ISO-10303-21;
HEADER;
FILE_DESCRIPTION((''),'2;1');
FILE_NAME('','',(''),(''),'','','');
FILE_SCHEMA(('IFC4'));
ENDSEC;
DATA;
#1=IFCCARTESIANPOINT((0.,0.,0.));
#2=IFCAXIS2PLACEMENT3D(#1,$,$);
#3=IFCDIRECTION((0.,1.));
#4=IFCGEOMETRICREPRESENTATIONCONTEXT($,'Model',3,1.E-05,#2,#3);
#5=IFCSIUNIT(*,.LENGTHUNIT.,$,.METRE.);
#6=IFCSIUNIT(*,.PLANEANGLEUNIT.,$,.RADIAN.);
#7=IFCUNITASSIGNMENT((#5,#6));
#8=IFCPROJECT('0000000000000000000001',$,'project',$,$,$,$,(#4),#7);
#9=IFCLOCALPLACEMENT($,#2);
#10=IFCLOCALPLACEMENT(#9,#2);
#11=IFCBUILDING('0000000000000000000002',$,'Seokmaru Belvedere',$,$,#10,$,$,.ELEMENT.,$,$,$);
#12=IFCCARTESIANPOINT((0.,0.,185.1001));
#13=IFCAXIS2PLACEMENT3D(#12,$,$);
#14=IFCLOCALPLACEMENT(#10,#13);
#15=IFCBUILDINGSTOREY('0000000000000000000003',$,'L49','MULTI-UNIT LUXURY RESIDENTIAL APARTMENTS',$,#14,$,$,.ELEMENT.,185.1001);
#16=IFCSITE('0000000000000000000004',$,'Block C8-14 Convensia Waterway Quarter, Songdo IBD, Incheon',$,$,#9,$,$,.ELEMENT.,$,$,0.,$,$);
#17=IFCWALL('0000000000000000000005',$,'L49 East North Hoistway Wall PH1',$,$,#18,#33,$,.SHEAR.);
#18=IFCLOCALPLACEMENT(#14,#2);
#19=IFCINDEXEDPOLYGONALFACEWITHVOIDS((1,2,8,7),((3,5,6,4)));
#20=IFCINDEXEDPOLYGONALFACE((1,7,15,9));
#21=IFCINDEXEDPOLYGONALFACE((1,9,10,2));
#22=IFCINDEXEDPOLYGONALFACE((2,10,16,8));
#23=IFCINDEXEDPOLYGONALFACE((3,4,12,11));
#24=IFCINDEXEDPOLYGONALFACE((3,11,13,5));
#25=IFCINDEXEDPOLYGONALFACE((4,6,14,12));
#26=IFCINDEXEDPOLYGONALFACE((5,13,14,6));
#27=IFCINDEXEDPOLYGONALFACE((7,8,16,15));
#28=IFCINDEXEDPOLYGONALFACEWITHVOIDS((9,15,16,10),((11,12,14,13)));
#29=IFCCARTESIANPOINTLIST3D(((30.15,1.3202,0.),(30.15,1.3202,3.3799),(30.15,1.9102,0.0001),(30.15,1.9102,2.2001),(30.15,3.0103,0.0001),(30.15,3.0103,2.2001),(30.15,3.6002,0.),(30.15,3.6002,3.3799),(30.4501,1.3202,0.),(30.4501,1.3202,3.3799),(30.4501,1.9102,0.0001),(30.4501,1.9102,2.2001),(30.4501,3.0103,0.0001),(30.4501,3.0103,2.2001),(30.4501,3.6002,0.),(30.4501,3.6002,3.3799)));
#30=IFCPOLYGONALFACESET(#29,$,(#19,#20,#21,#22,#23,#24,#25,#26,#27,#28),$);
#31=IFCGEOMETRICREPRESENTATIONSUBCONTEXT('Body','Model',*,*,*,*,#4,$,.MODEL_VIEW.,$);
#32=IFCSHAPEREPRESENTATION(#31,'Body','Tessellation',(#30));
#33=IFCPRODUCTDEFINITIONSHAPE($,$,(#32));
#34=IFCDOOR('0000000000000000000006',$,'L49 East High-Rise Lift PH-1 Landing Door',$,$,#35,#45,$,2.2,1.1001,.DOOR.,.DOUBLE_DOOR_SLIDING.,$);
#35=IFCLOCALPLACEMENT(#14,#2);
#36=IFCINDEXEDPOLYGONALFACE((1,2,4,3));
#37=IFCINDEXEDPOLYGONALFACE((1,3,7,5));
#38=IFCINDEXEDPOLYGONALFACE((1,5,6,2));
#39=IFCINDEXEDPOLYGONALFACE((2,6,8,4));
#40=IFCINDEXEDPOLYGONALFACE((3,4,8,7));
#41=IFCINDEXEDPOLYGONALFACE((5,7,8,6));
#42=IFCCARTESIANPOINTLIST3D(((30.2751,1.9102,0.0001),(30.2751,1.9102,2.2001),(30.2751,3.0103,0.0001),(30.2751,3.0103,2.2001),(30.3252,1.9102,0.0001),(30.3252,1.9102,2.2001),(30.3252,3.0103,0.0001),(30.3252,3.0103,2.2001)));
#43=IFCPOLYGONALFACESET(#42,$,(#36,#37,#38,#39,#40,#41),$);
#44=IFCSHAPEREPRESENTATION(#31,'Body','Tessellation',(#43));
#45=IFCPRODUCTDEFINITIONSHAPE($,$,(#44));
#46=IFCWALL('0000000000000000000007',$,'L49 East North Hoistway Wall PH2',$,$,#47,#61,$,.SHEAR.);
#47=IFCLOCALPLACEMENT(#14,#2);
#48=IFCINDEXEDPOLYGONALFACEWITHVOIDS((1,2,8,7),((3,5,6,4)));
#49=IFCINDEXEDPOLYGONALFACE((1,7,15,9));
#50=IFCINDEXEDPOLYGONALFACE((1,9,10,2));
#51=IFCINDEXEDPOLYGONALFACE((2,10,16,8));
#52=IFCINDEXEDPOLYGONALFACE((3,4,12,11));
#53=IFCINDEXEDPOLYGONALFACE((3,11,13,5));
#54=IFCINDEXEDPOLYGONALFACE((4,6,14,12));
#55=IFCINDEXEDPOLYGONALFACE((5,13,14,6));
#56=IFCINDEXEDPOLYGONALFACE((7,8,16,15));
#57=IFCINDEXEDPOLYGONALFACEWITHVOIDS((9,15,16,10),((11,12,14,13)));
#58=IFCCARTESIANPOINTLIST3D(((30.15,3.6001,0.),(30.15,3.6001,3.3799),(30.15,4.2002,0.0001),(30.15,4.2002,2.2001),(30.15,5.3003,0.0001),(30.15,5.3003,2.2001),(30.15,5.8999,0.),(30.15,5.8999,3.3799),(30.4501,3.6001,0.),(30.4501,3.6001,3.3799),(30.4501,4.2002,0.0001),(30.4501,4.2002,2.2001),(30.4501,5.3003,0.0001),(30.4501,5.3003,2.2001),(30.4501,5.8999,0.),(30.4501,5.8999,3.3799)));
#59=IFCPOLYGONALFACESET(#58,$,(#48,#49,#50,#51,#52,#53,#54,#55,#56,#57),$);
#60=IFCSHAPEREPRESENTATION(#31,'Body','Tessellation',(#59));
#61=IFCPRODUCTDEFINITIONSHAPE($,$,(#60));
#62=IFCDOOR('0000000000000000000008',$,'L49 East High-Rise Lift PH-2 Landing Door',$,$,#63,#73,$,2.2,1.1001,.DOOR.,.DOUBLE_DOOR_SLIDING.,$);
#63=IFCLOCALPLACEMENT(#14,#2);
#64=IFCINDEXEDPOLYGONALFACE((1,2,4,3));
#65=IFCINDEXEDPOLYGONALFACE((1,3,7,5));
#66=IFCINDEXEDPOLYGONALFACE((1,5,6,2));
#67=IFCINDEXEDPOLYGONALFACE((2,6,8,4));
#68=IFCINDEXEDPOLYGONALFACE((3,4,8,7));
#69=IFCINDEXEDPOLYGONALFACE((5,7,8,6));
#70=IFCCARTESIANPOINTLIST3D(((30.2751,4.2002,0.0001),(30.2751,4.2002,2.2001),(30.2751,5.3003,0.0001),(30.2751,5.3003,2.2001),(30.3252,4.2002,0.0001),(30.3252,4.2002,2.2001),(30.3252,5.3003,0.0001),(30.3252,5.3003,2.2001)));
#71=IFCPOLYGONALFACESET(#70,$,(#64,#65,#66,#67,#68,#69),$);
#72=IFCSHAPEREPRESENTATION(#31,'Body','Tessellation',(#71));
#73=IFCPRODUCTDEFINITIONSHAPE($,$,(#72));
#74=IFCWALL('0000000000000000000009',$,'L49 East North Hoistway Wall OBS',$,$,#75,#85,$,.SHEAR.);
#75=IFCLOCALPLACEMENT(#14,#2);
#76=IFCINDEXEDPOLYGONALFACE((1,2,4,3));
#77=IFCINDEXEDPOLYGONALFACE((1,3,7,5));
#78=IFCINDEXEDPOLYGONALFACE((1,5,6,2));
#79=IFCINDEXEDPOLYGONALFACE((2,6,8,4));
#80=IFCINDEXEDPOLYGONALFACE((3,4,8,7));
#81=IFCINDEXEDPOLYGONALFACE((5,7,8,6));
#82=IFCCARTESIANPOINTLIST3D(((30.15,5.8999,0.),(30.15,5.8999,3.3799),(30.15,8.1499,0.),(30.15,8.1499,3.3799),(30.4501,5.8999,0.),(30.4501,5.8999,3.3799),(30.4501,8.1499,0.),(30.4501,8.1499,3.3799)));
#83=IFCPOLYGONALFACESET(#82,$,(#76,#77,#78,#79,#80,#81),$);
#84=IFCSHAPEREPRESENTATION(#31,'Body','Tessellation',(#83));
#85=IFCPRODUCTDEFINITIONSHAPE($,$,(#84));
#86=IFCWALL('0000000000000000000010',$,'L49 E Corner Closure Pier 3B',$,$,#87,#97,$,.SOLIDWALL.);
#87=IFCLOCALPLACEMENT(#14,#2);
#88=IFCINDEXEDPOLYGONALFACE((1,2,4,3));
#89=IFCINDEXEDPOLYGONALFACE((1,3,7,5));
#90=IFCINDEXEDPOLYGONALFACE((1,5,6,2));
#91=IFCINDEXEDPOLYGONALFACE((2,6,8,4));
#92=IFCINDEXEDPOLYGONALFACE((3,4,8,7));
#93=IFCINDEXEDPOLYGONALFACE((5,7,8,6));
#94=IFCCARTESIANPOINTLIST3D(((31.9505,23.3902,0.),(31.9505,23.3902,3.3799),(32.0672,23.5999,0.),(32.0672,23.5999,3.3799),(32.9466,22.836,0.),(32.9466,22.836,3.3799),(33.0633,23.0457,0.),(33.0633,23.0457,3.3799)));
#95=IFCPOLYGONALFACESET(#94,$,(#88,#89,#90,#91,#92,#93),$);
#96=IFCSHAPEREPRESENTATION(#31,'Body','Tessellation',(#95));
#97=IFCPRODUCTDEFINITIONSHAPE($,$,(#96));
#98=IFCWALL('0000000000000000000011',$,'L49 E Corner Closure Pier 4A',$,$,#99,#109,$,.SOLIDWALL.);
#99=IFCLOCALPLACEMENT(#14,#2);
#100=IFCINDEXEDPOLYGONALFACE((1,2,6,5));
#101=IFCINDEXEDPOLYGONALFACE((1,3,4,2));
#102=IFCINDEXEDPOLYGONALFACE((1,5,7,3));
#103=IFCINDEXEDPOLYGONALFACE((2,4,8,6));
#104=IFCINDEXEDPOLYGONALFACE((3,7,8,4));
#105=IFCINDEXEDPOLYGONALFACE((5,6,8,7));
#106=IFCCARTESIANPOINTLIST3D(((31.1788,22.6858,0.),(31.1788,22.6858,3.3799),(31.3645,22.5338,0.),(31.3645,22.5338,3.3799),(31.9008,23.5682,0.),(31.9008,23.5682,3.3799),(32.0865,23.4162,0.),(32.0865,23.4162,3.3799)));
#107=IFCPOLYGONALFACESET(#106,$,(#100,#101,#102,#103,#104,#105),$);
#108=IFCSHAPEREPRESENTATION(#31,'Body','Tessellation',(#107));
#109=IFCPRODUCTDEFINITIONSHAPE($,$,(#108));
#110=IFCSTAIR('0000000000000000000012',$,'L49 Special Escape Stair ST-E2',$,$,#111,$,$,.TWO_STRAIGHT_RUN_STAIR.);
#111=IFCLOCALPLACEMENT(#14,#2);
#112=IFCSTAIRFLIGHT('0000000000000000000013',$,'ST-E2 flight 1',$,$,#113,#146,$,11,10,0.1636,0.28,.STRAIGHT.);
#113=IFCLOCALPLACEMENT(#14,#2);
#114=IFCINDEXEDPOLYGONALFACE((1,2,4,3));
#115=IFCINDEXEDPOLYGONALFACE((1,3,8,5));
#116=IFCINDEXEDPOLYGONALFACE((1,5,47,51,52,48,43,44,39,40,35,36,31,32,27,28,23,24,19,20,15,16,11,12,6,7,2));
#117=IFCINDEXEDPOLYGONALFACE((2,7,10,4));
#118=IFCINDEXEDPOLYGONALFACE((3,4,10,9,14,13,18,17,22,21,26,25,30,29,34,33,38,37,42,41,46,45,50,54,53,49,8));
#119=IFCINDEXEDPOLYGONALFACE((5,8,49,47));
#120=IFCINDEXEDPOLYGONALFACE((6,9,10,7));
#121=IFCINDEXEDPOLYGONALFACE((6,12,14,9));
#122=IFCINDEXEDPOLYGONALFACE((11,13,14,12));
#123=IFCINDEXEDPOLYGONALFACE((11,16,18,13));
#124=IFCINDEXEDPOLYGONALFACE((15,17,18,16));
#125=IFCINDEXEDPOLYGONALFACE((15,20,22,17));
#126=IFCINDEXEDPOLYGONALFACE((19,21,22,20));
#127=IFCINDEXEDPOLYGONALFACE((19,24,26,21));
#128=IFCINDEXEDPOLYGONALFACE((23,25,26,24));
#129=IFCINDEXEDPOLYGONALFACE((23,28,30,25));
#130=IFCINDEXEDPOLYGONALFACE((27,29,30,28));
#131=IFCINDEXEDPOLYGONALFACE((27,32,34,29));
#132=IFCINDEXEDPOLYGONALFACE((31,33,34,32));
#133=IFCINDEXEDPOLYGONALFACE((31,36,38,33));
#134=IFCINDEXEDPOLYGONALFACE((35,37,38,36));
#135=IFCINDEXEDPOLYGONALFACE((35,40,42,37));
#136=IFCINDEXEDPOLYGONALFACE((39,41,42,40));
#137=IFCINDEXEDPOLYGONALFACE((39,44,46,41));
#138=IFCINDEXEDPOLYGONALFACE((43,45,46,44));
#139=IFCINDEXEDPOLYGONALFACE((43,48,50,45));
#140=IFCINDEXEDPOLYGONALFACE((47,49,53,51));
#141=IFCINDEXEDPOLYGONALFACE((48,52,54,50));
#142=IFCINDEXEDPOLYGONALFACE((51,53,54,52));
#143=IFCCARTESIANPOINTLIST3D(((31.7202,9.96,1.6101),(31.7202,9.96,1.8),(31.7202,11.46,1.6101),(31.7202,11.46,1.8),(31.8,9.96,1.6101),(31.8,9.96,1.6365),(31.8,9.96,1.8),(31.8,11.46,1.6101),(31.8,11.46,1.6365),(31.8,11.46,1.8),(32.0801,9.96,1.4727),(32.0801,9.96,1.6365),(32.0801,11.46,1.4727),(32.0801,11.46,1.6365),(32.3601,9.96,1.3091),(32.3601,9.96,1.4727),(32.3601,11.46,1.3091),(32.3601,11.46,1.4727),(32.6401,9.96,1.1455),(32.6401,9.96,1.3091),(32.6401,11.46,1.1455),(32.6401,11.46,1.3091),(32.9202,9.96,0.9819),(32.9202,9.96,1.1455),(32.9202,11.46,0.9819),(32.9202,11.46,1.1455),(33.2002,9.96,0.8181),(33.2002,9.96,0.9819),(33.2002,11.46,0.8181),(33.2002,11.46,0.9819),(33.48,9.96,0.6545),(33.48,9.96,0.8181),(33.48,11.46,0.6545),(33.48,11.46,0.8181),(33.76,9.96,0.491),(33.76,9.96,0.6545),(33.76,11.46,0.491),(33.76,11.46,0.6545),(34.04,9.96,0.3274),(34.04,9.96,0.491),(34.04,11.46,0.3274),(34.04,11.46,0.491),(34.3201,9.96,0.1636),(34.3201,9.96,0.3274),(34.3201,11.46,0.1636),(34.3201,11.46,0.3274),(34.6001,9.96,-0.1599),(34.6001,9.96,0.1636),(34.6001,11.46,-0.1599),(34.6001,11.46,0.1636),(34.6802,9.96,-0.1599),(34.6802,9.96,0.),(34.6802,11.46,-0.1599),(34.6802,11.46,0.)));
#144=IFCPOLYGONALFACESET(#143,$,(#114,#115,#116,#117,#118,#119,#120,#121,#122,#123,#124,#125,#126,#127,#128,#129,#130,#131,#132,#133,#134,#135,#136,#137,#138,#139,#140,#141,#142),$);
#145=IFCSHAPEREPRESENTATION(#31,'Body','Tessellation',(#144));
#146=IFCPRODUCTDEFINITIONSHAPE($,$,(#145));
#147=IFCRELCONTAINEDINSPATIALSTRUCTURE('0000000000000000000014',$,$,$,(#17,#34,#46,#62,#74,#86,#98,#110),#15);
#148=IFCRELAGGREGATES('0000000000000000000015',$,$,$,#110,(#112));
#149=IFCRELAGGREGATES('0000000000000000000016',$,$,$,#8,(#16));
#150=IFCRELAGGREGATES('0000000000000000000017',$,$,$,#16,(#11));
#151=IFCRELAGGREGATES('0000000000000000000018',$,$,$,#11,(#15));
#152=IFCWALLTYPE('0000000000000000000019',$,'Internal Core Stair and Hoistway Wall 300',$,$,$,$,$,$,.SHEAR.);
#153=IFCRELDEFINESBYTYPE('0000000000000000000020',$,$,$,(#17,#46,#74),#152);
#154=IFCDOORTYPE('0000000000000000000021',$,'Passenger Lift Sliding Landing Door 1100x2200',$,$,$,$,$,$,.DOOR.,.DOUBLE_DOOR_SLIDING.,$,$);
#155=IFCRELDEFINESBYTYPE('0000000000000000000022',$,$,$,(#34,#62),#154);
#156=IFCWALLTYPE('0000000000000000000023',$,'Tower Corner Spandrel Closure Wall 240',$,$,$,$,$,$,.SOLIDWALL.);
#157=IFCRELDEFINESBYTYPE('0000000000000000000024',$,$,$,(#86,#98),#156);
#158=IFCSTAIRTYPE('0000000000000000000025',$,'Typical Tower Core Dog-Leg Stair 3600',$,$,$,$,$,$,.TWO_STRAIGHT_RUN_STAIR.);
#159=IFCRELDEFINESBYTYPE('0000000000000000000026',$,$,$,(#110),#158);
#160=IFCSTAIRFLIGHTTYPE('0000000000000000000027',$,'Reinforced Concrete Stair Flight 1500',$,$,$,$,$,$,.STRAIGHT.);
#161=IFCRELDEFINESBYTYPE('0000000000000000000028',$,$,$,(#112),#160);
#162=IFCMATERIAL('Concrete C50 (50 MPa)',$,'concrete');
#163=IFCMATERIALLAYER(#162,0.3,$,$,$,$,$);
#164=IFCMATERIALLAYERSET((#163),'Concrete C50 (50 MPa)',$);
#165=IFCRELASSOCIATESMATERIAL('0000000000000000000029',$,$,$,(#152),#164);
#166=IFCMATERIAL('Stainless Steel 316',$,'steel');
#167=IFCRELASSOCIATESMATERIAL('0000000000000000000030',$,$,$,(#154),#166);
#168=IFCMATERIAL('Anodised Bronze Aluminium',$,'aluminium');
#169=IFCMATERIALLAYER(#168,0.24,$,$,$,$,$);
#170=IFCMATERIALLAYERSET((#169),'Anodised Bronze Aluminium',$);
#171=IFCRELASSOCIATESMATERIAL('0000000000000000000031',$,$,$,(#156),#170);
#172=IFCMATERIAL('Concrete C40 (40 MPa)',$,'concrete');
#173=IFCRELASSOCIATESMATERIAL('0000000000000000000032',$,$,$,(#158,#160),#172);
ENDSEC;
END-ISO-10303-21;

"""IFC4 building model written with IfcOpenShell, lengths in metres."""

from ifc_helpers import new_model, si_unit, direction, frame, frame_2d, origin, place, context, subcontext, project, spatial, polyline, rectangle, outline, extrude, source, transform, mapped, material, layer, layer_set, type_object, type_shapes, element, fill, aggregate, save


model = new_model("IFC4")

# Units and contexts
model_context = context("Model", 3, precision=1e-05, world=origin(), true_north=direction((0.0, 1.0)))
body_context = subcontext(model_context, "Body", "Model", "MODEL_VIEW")
ifc_project = project(units=[si_unit("LENGTHUNIT", "METRE"), si_unit("PLANEANGLEUNIT", "RADIAN")], contexts=[model_context])

# Site, building, storey
site_placement = place(None, origin())
site = spatial("IfcSite", under=ifc_project, at=site_placement, Name="Block C8-14 Convensia Waterway Quarter, Songdo IBD, Incheon", CompositionType="ELEMENT", RefElevation=0.0)
building_placement = place(site_placement, origin())
building = spatial("IfcBuilding", under=site, at=building_placement, Name="Seokmaru Belvedere", CompositionType="ELEMENT")
storey_placement = place(building_placement, frame((0.0, 0.0, 185.1001)))
storey = spatial("IfcBuildingStorey", under=building, at=storey_placement, Name="L49", Description="MULTI-UNIT LUXURY RESIDENTIAL APARTMENTS", CompositionType="ELEMENT", Elevation=185.1001)

# Shared definitions
ifc_material_1 = material(Name="Anodised Bronze Aluminium", Category="aluminium")

# Walls, openings, doors
ifc_material_2 = material(Name="Concrete C50 (50 MPa)", Category="concrete")
ifc_layer_1 = layer(ifc_material_2, 0.3)
ifc_layer_set_1 = layer_set([ifc_layer_1], Name="Concrete C50 (50 MPa)")
wall_type_1 = type_object("IfcWallType", Name="Internal Core Stair and Hoistway Wall 300", PredefinedType="SHEAR", material=ifc_layer_set_1)
wall_1_placement = place(storey_placement, frame((30.3, 1.3201, 0.0), z_axis=(0.0, 0.0, 1.0), x_axis=(0.0, 1.0, 0.0)))
wall_1 = element("IfcWall", 1, at=wall_1_placement, inside=storey, type_object=wall_type_1, Name="L49 East North Hoistway Wall PH1", PredefinedType="SHEAR", context=body_context, shape_type="SweptSolid", body=[
    extrude(rectangle(XDim=2.28, YDim=0.3, at=frame_2d((1.1401, 0.0))), origin(), (0.0, 0.0, 1.0), 3.3799),
])
opening_1_placement = place(wall_1_placement, frame((0.5901, 0.0, 0.0)))
opening_1 = element("IfcOpeningElement", 2, at=opening_1_placement, cuts=wall_1, PredefinedType="OPENING", context=body_context, shape_type="SweptSolid", body=[
    extrude(rectangle(XDim=1.1001, YDim=2.2, at=frame_2d((0.55, 1.1001))), frame((0.0, 0.1602, 0.0), z_axis=(0.0, -1.0, 0.0), x_axis=(1.0, 0.0, 0.0)), (0.0, 0.0, 1.0), 0.3201),
])
ifc_material_3 = material(Name="Stainless Steel 316", Category="steel")
door_type_1 = type_object("IfcDoorType", Name="Passenger Lift Sliding Landing Door 1100x2200", OperationType="DOUBLE_DOOR_SLIDING", PredefinedType="DOOR", material=ifc_material_3)
shared_shape_1 = source(origin(), body_context, "Body", "SweptSolid", [
    extrude(rectangle(XDim=1.1001, YDim=2.2, at=frame_2d((0.55, 1.1001))), frame((0.0, 0.0249, 0.0), z_axis=(0.0, -1.0, 0.0), x_axis=(1.0, 0.0, 0.0)), (0.0, 0.0, 1.0), 0.05),
])
type_shapes(door_type_1, [shared_shape_1])
door_1_placement = place(opening_1_placement, origin())
door_1 = element("IfcDoor", 3, at=door_1_placement, inside=storey, type_object=door_type_1, Name="L49 East High-Rise Lift PH-1 Landing Door", OperationType="DOUBLE_DOOR_SLIDING", OverallHeight=2.2, OverallWidth=1.1001, PredefinedType="DOOR", context=body_context, shape_type="MappedRepresentation", body=[
    mapped(shared_shape_1, transform((0.0, 0.0, 0.0), scale=1.0)),
])
fill(opening_1, door_1)
wall_2_placement = place(storey_placement, frame((30.3, 3.6001, 0.0), z_axis=(0.0, 0.0, 1.0), x_axis=(0.0, 1.0, 0.0)))
wall_2 = element("IfcWall", 4, at=wall_2_placement, inside=storey, type_object=wall_type_1, Name="L49 East North Hoistway Wall PH2", PredefinedType="SHEAR", context=body_context, shape_type="SweptSolid", body=[
    extrude(rectangle(XDim=2.2998, YDim=0.3, at=frame_2d((1.1499, 0.0))), origin(), (0.0, 0.0, 1.0), 3.3799),
])
opening_2_placement = place(wall_2_placement, frame((0.6001, 0.0, 0.0)))
opening_2 = element("IfcOpeningElement", 5, at=opening_2_placement, cuts=wall_2, PredefinedType="OPENING", context=body_context, shape_type="SweptSolid", body=[
    extrude(rectangle(XDim=1.1001, YDim=2.2, at=frame_2d((0.55, 1.1001))), frame((0.0, 0.1602, 0.0), z_axis=(0.0, -1.0, 0.0), x_axis=(1.0, 0.0, 0.0)), (0.0, 0.0, 1.0), 0.3201),
])
door_2_placement = place(opening_2_placement, origin())
door_2 = element("IfcDoor", 6, at=door_2_placement, inside=storey, type_object=door_type_1, Name="L49 East High-Rise Lift PH-2 Landing Door", OperationType="DOUBLE_DOOR_SLIDING", OverallHeight=2.2, OverallWidth=1.1001, PredefinedType="DOOR", context=body_context, shape_type="MappedRepresentation", body=[
    mapped(shared_shape_1, transform((0.0, 0.0, 0.0), scale=1.0)),
])
fill(opening_2, door_2)

# Wall
wall_3_placement = place(storey_placement, frame((30.3, 5.8999, 0.0), z_axis=(0.0, 0.0, 1.0), x_axis=(0.0, 1.0, 0.0)))
element("IfcWall", 7, at=wall_3_placement, inside=storey, type_object=wall_type_1, Name="L49 East North Hoistway Wall OBS", PredefinedType="SHEAR", context=body_context, shape_type="SweptSolid", body=[
    extrude(rectangle(XDim=2.25, YDim=0.3, at=frame_2d((1.125, 0.0))), origin(), (0.0, 0.0, 1.0), 3.3799),
])

# Walls
ifc_layer_2 = layer(ifc_material_1, 0.24)
ifc_layer_set_2 = layer_set([ifc_layer_2], Name="Anodised Bronze Aluminium")
wall_type_2 = type_object("IfcWallType", Name="Tower Corner Spandrel Closure Wall 240", PredefinedType="SOLIDWALL", material=ifc_layer_set_2)
wall_4_placement = place(storey_placement, frame((33.0049, 22.9409, 0.0), z_axis=(0.0, 0.0, 1.0), x_axis=(-0.873854, 0.486188, 0.0)))
element("IfcWall", 8, at=wall_4_placement, inside=storey, type_object=wall_type_2, Name="L49 E Corner Closure Pier 3B", PredefinedType="SOLIDWALL", context=body_context, shape_type="SweptSolid", body=[
    extrude(rectangle(XDim=1.1399, YDim=0.24, at=frame_2d((0.5698, 0.0))), origin(), (0.0, 0.0, 1.0), 3.3799),
])
wall_5_placement = place(storey_placement, frame((31.9937, 23.4922, 0.0), z_axis=(0.0, 0.0, 1.0), x_axis=(-0.633249, -0.773948, 0.0)))
element("IfcWall", 9, at=wall_5_placement, inside=storey, type_object=wall_type_2, Name="L49 E Corner Closure Pier 4A", PredefinedType="SOLIDWALL", context=body_context, shape_type="SweptSolid", body=[
    extrude(rectangle(XDim=1.1401, YDim=0.24, at=frame_2d((0.5701, 0.0))), origin(), (0.0, 0.0, 1.0), 3.3799),
])

# Stair, stair flight
ifc_material_4 = material(Name="Concrete C40 (40 MPa)", Category="concrete")
stair_type = type_object("IfcStairType", Name="Typical Tower Core Dog-Leg Stair 3600", PredefinedType="TWO_STRAIGHT_RUN_STAIR", material=ifc_material_4)
stair_placement = place(storey_placement, origin())
stair = element("IfcStair", 10, at=stair_placement, inside=storey, type_object=stair_type, Name="L49 Special Escape Stair ST-E2", PredefinedType="TWO_STRAIGHT_RUN_STAIR")
stair_flight_type = type_object("IfcStairFlightType", Name="Reinforced Concrete Stair Flight 1500", PredefinedType="STRAIGHT", material=ifc_material_4)
stair_flight_1_placement = place(storey_placement, frame((34.6001, 10.71, 0.0), z_axis=(0.0, 0.0, 1.0), x_axis=(-1.0, 0.0, 0.0)))
stair_flight_1 = element("IfcStairFlight", 11, at=stair_flight_1_placement, type_object=stair_flight_type, Name="ST-E2 flight 1", NumberOfRisers=11, NumberOfTreads=10, PredefinedType="STRAIGHT", RiserHeight=0.1636, TreadLength=0.28, context=body_context, shape_type="SweptSolid", body=[
    extrude(outline(polyline([(-0.0801, 0.0), (0.0, 0.1636), (0.28, 0.1636), (0.28, 0.3274), (0.5601, 0.3274), (0.5601, 0.491), (0.8401, 0.491), (0.8401, 0.6545), (1.1201, 0.6545), (1.1201, 0.8181), (1.3999, 0.8181), (1.3999, 0.9819), (1.6799, 0.9819), (1.6799, 1.1455), (1.96, 1.1455), (1.96, 1.3091), (2.24, 1.3091), (2.24, 1.4727), (2.52, 1.4727), (2.52, 1.6365), (2.8, 1.6365), (2.8, 1.8), (2.8799, 1.8), (2.8799, 1.6101), (2.8, 1.6101), (0.0, -0.1599), (-0.0801, -0.1599), (-0.0801, 0.0)])), frame((0.0, 0.75, 0.0), z_axis=(0.0, -1.0, 0.0), x_axis=(1.0, 0.0, 0.0)), (0.0, 0.0, 1.0), 1.5),
])
aggregate(stair, [stair_flight_1])

save(model, "model.ifc")
